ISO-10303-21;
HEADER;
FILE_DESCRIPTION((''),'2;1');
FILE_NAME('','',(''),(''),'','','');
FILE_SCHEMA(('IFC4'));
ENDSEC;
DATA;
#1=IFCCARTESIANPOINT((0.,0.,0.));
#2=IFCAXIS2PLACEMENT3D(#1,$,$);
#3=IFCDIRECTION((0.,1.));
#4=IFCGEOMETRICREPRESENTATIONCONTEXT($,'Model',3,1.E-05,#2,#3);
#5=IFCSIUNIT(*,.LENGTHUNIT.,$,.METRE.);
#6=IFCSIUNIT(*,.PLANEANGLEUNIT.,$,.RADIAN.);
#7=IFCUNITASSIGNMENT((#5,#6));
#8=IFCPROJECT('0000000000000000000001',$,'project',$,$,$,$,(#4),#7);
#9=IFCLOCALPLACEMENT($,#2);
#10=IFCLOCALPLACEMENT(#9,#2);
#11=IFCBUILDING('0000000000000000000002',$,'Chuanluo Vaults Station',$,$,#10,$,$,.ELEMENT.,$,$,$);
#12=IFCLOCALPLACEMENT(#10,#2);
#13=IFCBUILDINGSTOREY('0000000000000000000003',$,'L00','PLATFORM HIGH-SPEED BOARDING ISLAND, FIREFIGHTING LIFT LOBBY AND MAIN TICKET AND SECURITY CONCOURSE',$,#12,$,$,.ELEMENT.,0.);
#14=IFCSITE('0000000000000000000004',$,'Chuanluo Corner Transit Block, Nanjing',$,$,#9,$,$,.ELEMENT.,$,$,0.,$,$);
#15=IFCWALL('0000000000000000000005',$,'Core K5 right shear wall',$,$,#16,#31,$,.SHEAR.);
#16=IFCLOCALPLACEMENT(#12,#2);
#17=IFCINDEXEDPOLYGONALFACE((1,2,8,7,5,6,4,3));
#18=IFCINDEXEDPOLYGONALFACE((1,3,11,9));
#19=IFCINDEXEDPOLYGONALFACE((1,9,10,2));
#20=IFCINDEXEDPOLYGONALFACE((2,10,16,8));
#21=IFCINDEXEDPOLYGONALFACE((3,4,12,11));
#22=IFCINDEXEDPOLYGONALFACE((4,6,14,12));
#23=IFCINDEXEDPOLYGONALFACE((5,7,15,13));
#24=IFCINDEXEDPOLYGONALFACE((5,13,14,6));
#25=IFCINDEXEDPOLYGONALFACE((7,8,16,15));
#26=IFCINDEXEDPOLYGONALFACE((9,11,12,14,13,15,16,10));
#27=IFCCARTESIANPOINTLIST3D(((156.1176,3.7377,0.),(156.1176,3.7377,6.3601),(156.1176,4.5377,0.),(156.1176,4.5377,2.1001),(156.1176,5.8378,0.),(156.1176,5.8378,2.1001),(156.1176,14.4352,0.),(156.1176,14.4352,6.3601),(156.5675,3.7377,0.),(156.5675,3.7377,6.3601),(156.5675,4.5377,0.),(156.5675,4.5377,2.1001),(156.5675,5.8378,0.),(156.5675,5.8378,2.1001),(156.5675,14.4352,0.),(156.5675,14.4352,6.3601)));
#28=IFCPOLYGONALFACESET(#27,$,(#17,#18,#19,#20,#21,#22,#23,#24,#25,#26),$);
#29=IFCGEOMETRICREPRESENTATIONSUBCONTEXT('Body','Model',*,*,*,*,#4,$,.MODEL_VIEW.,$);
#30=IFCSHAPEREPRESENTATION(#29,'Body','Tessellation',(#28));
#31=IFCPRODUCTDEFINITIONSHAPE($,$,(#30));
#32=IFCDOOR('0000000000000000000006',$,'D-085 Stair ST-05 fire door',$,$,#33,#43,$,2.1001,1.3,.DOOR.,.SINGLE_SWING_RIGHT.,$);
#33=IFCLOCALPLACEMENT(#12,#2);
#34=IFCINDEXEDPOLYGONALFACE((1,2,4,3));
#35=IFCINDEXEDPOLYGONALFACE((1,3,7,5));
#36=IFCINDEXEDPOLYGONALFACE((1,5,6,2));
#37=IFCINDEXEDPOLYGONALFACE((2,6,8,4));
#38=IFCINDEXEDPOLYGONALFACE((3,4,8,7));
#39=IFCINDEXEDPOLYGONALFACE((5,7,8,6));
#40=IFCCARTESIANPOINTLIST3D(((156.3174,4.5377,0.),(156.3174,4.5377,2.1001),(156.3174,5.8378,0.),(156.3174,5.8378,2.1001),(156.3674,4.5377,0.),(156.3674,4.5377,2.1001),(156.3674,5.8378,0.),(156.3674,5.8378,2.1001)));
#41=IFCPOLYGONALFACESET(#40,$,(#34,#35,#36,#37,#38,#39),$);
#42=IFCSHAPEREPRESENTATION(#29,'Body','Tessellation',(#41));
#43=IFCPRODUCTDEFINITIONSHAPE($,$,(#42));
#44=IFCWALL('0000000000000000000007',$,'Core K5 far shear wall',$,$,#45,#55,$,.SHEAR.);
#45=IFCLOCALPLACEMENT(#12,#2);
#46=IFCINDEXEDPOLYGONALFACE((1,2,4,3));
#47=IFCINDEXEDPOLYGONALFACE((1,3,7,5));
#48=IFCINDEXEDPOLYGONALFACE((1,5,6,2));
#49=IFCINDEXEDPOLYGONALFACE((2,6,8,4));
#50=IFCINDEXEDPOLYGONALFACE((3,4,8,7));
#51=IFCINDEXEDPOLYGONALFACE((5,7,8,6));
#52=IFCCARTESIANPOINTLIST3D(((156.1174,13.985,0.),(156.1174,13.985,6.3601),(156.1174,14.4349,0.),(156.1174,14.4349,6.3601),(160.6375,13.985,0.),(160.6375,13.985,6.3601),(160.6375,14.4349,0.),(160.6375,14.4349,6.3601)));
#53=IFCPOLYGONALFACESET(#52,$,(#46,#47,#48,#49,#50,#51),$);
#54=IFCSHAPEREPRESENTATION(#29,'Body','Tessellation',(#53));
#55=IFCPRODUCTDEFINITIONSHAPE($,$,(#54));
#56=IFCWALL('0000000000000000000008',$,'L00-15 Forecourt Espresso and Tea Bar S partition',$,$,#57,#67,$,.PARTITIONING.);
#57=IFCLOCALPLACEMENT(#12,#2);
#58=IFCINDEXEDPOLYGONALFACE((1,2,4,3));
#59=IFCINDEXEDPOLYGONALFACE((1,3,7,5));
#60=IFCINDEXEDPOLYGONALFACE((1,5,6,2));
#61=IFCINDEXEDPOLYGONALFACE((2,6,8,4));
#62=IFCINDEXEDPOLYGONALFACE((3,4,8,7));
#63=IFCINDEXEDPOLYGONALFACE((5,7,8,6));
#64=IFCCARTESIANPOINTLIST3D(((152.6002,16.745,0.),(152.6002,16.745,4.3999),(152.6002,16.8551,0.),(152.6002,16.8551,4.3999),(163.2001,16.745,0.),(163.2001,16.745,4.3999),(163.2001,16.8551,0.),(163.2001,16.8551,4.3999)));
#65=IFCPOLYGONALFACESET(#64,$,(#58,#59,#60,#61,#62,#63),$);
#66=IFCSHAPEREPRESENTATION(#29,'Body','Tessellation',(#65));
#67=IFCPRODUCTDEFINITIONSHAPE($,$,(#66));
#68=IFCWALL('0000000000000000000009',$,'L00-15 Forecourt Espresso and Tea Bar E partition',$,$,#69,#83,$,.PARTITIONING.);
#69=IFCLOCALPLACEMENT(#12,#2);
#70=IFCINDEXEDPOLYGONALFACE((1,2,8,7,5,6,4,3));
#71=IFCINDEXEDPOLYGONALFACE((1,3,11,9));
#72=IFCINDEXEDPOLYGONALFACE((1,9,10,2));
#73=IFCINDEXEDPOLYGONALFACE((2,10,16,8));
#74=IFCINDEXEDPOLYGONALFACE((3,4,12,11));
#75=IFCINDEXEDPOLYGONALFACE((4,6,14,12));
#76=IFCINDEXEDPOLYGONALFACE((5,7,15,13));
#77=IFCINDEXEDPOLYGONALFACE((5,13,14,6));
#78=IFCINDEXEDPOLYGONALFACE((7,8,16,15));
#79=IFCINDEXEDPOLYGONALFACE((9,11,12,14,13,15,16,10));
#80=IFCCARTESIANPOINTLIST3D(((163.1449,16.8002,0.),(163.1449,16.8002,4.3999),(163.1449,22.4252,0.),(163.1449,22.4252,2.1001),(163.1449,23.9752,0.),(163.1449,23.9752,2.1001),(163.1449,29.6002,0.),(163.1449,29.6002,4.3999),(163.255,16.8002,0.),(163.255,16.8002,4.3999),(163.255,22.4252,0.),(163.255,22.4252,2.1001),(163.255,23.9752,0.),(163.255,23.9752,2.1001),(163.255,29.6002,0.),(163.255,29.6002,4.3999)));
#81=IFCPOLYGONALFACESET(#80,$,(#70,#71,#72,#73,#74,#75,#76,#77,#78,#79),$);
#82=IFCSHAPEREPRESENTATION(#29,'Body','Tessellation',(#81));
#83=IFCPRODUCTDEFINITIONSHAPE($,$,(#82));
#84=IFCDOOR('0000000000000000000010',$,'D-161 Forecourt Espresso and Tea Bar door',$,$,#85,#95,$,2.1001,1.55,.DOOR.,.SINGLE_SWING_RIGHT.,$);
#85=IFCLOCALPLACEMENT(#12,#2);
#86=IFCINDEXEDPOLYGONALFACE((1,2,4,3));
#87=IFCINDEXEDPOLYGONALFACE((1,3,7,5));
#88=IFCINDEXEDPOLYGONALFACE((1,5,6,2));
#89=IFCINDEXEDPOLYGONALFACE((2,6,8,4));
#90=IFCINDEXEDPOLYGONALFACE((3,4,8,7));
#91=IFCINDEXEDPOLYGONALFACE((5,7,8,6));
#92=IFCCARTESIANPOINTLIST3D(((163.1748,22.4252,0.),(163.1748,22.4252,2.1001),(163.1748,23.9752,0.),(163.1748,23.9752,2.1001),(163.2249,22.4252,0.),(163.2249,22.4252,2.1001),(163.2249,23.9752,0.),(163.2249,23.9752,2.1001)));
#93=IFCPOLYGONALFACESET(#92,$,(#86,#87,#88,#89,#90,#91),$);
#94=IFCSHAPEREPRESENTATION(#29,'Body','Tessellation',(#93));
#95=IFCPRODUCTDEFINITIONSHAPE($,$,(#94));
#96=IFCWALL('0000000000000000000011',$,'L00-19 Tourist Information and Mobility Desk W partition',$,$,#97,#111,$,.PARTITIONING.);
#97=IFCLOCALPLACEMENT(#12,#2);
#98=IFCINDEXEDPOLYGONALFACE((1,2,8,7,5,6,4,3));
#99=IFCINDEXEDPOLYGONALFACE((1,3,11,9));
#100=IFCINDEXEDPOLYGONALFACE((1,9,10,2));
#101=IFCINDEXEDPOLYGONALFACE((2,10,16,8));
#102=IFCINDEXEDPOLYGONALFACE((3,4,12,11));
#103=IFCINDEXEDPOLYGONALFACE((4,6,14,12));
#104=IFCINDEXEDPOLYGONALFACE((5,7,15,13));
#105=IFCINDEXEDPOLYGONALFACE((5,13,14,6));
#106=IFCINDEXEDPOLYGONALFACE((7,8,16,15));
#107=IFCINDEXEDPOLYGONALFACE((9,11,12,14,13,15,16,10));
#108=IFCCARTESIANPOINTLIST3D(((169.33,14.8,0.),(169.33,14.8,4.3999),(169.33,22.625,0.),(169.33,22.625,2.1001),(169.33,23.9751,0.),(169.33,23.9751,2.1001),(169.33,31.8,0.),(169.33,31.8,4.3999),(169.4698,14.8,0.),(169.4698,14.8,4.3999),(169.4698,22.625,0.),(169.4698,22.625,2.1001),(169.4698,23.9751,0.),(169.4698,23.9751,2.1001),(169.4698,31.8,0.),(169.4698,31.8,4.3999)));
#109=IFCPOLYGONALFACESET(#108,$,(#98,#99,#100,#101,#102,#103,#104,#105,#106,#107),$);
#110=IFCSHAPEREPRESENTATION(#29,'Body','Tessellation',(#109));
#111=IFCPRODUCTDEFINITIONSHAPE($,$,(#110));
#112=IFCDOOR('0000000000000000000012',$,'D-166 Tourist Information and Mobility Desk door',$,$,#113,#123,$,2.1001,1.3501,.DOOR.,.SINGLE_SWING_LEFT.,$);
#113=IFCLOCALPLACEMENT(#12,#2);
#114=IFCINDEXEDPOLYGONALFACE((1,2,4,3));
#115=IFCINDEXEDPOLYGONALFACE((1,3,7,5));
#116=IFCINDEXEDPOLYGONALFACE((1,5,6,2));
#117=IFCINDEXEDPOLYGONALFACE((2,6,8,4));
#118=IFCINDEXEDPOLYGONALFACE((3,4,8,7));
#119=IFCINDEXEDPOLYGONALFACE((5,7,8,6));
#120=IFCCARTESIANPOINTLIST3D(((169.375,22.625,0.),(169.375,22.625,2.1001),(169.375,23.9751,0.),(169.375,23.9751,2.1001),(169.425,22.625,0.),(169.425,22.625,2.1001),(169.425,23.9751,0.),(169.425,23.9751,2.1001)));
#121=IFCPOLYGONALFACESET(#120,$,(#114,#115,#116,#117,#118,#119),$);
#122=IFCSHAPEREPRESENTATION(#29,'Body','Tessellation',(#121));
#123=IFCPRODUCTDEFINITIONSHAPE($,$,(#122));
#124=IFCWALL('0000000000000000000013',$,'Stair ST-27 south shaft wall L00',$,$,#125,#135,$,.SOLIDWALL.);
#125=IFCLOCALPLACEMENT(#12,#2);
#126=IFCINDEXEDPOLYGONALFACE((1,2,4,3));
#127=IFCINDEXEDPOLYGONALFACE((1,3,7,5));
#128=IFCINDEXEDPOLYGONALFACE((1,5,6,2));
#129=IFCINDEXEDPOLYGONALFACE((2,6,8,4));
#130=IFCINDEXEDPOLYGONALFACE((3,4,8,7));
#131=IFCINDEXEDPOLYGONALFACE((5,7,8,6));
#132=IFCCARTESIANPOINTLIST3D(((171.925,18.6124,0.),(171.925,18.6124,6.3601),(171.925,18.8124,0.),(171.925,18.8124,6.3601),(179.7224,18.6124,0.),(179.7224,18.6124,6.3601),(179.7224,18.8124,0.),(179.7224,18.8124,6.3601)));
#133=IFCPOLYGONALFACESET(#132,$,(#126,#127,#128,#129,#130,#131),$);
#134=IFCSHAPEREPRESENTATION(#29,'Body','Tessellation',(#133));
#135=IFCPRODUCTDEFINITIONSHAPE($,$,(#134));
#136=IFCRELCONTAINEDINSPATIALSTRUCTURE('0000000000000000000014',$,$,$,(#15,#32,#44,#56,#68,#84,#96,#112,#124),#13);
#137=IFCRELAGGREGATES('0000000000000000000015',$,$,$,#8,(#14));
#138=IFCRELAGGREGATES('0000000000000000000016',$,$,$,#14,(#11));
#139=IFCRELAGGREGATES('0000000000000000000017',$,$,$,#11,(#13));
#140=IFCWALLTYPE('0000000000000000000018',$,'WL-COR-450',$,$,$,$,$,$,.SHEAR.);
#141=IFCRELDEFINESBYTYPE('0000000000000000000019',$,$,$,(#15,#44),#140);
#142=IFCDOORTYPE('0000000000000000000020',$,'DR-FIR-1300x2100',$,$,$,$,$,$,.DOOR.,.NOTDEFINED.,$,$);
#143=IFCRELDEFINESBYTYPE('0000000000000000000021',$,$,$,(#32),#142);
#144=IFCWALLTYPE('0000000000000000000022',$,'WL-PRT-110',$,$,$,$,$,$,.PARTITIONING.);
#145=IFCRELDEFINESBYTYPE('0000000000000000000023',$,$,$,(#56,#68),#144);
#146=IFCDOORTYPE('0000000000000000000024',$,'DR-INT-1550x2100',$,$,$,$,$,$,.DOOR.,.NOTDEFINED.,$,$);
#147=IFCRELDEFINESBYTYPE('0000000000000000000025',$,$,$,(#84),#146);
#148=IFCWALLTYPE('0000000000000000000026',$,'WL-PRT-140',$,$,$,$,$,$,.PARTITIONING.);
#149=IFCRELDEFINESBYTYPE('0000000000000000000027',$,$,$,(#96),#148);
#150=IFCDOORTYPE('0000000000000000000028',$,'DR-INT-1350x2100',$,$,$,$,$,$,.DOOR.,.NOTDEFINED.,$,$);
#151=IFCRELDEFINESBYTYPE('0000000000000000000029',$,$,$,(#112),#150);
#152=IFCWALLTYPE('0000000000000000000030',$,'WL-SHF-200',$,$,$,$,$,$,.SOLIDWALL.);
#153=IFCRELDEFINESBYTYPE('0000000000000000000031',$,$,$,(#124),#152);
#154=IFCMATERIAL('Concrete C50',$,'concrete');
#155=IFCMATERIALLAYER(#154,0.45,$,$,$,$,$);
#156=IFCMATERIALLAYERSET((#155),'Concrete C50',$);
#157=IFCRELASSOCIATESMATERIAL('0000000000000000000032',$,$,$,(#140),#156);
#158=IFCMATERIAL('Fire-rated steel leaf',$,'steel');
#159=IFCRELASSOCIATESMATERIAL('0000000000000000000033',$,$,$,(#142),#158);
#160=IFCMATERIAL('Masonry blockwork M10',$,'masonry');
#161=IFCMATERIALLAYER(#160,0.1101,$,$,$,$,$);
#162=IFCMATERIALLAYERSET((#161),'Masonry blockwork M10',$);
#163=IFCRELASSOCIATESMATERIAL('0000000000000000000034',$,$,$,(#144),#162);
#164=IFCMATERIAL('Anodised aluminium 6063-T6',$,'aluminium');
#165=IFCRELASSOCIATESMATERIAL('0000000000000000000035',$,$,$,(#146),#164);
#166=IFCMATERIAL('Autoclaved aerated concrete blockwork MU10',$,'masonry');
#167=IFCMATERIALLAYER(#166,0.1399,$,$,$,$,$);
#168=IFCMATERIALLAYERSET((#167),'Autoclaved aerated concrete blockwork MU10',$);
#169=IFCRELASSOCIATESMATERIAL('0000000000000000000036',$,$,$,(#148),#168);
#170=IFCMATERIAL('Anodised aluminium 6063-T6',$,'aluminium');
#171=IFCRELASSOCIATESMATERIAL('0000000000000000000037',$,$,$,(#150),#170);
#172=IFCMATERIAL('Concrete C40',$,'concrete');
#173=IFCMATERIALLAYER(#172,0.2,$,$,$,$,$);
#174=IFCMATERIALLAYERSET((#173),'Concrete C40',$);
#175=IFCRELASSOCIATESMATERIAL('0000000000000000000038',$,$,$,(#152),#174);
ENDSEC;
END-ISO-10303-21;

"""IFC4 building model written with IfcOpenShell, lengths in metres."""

from ifc_helpers import new_model, si_unit, direction, frame, frame_2d, origin, place, context, subcontext, project, spatial, rectangle, extrude, material, layer, layer_set, type_object, element, fill, save


model = new_model("IFC4")

# Units and contexts
model_context = context("Model", 3, precision=1e-05, world=origin(), true_north=direction((0.0, 1.0)))
body_context = subcontext(model_context, "Body", "Model", "MODEL_VIEW")
ifc_project = project(units=[si_unit("LENGTHUNIT", "METRE"), si_unit("PLANEANGLEUNIT", "RADIAN")], contexts=[model_context])

# Site, building, storey
site_placement = place(None, origin())
site = spatial("IfcSite", under=ifc_project, at=site_placement, Name="Chuanluo Corner Transit Block, Nanjing", CompositionType="ELEMENT", RefElevation=0.0)
building_placement = place(site_placement, origin())
building = spatial("IfcBuilding", under=site, at=building_placement, Name="Chuanluo Vaults Station", CompositionType="ELEMENT")
storey_placement = place(building_placement, origin())
storey = spatial("IfcBuildingStorey", under=building, at=storey_placement, Name="L00", Description="PLATFORM HIGH-SPEED BOARDING ISLAND, FIREFIGHTING LIFT LOBBY AND MAIN TICKET AND SECURITY CONCOURSE", CompositionType="ELEMENT", Elevation=0.0)

# Wall, opening, door
ifc_material_1 = material(Name="Concrete C50", Category="concrete")
ifc_layer_1 = layer(ifc_material_1, 0.45)
ifc_layer_set_1 = layer_set([ifc_layer_1], Name="Concrete C50")
wall_type_1 = type_object("IfcWallType", Name="WL-COR-450", PredefinedType="SHEAR", material=ifc_layer_set_1)
wall_1_placement = place(storey_placement, frame((156.3425, 14.4351, 0.0), z_axis=(0.0, 0.0, 1.0), x_axis=(0.0, -1.0, 0.0)))
wall_1 = element("IfcWall", 1, at=wall_1_placement, inside=storey, type_object=wall_type_1, Name="Core K5 right shear wall", PredefinedType="SHEAR", context=body_context, shape_type="SweptSolid", body=[
    extrude(rectangle(XDim=10.6975, YDim=0.45, at=frame_2d((5.3486, 0.0))), origin(), (0.0, 0.0, 1.0), 6.3601),
])
opening_1_placement = place(wall_1_placement, frame((8.5974, 0.0, 0.0)))
opening_1 = element("IfcOpeningElement", 2, at=opening_1_placement, cuts=wall_1, PredefinedType="OPENING", context=body_context, shape_type="SweptSolid", body=[
    extrude(rectangle(XDim=1.3, YDim=2.1001, at=frame_2d((0.6499, 1.05))), frame((0.0, 0.2351, 0.0), z_axis=(0.0, -1.0, 0.0), x_axis=(1.0, 0.0, 0.0)), (0.0, 0.0, 1.0), 0.4699),
])
ifc_material_2 = material(Name="Fire-rated steel leaf", Category="steel")
door_type_1 = type_object("IfcDoorType", Name="DR-FIR-1300x2100", OperationType="NOTDEFINED", PredefinedType="DOOR", material=ifc_material_2)
door_1_placement = place(opening_1_placement, origin())
door_1 = element("IfcDoor", 3, at=door_1_placement, inside=storey, type_object=door_type_1, Name="D-085 Stair ST-05 fire door", OperationType="SINGLE_SWING_RIGHT", OverallHeight=2.1001, OverallWidth=1.3, PredefinedType="DOOR", context=body_context, shape_type="SweptSolid", body=[
    extrude(rectangle(XDim=1.3, YDim=2.1001, at=frame_2d((0.6499, 1.05))), frame((0.0, 0.0249, 0.0), z_axis=(0.0, -1.0, 0.0), x_axis=(1.0, 0.0, 0.0)), (0.0, 0.0, 1.0), 0.05),
])
fill(opening_1, door_1)

# Walls
wall_2_placement = place(storey_placement, frame((160.6375, 14.21, 0.0), z_axis=(0.0, 0.0, 1.0), x_axis=(-1.0, 0.0, 0.0)))
element("IfcWall", 4, at=wall_2_placement, inside=storey, type_object=wall_type_1, Name="Core K5 far shear wall", PredefinedType="SHEAR", context=body_context, shape_type="SweptSolid", body=[
    extrude(rectangle(XDim=4.52, YDim=0.45, at=frame_2d((2.26, 0.0))), origin(), (0.0, 0.0, 1.0), 6.3601),
])
ifc_material_3 = material(Name="Masonry blockwork M10", Category="masonry")
ifc_layer_2 = layer(ifc_material_3, 0.1101)
ifc_layer_set_2 = layer_set([ifc_layer_2], Name="Masonry blockwork M10")
wall_type_2 = type_object("IfcWallType", Name="WL-PRT-110", PredefinedType="PARTITIONING", material=ifc_layer_set_2)
wall_3_placement = place(storey_placement, frame((163.2, 16.8, 0.0), z_axis=(0.0, 0.0, 1.0), x_axis=(-1.0, 0.0, 0.0)))
element("IfcWall", 5, at=wall_3_placement, inside=storey, type_object=wall_type_2, Name="L00-15 Forecourt Espresso and Tea Bar S partition", PredefinedType="PARTITIONING", context=body_context, shape_type="SweptSolid", body=[
    extrude(rectangle(XDim=10.5999, YDim=0.1101, at=frame_2d((5.2998, 0.0))), origin(), (0.0, 0.0, 1.0), 4.3999),
])

# Walls, openings, doors
wall_4_placement = place(storey_placement, frame((163.2, 29.6001, 0.0), z_axis=(0.0, 0.0, 1.0), x_axis=(0.0, -1.0, 0.0)))
wall_4 = element("IfcWall", 6, at=wall_4_placement, inside=storey, type_object=wall_type_2, Name="L00-15 Forecourt Espresso and Tea Bar E partition", PredefinedType="PARTITIONING", context=body_context, shape_type="SweptSolid", body=[
    extrude(rectangle(XDim=12.8, YDim=0.1101, at=frame_2d((6.3999, 0.0))), origin(), (0.0, 0.0, 1.0), 4.3999),
])
opening_2_placement = place(wall_4_placement, frame((5.625, 0.0, 0.0)))
opening_2 = element("IfcOpeningElement", 7, at=opening_2_placement, cuts=wall_4, PredefinedType="OPENING", context=body_context, shape_type="SweptSolid", body=[
    extrude(rectangle(XDim=1.55, YDim=2.1001, at=frame_2d((0.7749, 1.05))), frame((0.0, 0.0652, 0.0), z_axis=(0.0, -1.0, 0.0), x_axis=(1.0, 0.0, 0.0)), (0.0, 0.0, 1.0), 0.1301),
])
ifc_material_4 = material(Name="Anodised aluminium 6063-T6", Category="aluminium")
door_type_2 = type_object("IfcDoorType", Name="DR-INT-1550x2100", OperationType="NOTDEFINED", PredefinedType="DOOR", material=ifc_material_4)
door_2_placement = place(opening_2_placement, origin())
door_2 = element("IfcDoor", 8, at=door_2_placement, inside=storey, type_object=door_type_2, Name="D-161 Forecourt Espresso and Tea Bar door", OperationType="SINGLE_SWING_RIGHT", OverallHeight=2.1001, OverallWidth=1.55, PredefinedType="DOOR", context=body_context, shape_type="SweptSolid", body=[
    extrude(rectangle(XDim=1.55, YDim=2.1001, at=frame_2d((0.7749, 1.05))), frame((0.0, 0.0249, 0.0), z_axis=(0.0, -1.0, 0.0), x_axis=(1.0, 0.0, 0.0)), (0.0, 0.0, 1.0), 0.05),
])
fill(opening_2, door_2)
ifc_material_5 = material(Name="Autoclaved aerated concrete blockwork MU10", Category="masonry")
ifc_layer_3 = layer(ifc_material_5, 0.1399)
ifc_layer_set_3 = layer_set([ifc_layer_3], Name="Autoclaved aerated concrete blockwork MU10")
wall_type_3 = type_object("IfcWallType", Name="WL-PRT-140", PredefinedType="PARTITIONING", material=ifc_layer_set_3)
wall_5_placement = place(storey_placement, frame((169.3999, 14.8, 0.0), z_axis=(0.0, 0.0, 1.0), x_axis=(0.0, 1.0, 0.0)))
wall_5 = element("IfcWall", 9, at=wall_5_placement, inside=storey, type_object=wall_type_3, Name="L00-19 Tourist Information and Mobility Desk W partition", PredefinedType="PARTITIONING", context=body_context, shape_type="SweptSolid", body=[
    extrude(rectangle(XDim=17.0, YDim=0.1399, at=frame_2d((8.5, 0.0))), origin(), (0.0, 0.0, 1.0), 4.3999),
])
opening_3_placement = place(wall_5_placement, frame((7.825, 0.0, 0.0)))
opening_3 = element("IfcOpeningElement", 10, at=opening_3_placement, cuts=wall_5, PredefinedType="OPENING", context=body_context, shape_type="SweptSolid", body=[
    extrude(rectangle(XDim=1.3501, YDim=2.1001, at=frame_2d((0.675, 1.05))), frame((0.0, 0.0798, 0.0), z_axis=(0.0, -1.0, 0.0), x_axis=(1.0, 0.0, 0.0)), (0.0, 0.0, 1.0), 0.1599),
])
ifc_material_6 = material(Name="Anodised aluminium 6063-T6", Category="aluminium")
door_type_3 = type_object("IfcDoorType", Name="DR-INT-1350x2100", OperationType="NOTDEFINED", PredefinedType="DOOR", material=ifc_material_6)
door_3_placement = place(opening_3_placement, origin())
door_3 = element("IfcDoor", 11, at=door_3_placement, inside=storey, type_object=door_type_3, Name="D-166 Tourist Information and Mobility Desk door", OperationType="SINGLE_SWING_LEFT", OverallHeight=2.1001, OverallWidth=1.3501, PredefinedType="DOOR", context=body_context, shape_type="SweptSolid", body=[
    extrude(rectangle(XDim=1.3501, YDim=2.1001, at=frame_2d((0.675, 1.05))), frame((0.0, 0.0249, 0.0), z_axis=(0.0, -1.0, 0.0), x_axis=(1.0, 0.0, 0.0)), (0.0, 0.0, 1.0), 0.05),
])
fill(opening_3, door_3)

# Wall
ifc_material_7 = material(Name="Concrete C40", Category="concrete")
ifc_layer_4 = layer(ifc_material_7, 0.2)
ifc_layer_set_4 = layer_set([ifc_layer_4], Name="Concrete C40")
wall_type_4 = type_object("IfcWallType", Name="WL-SHF-200", PredefinedType="SOLIDWALL", material=ifc_layer_set_4)
wall_6_placement = place(storey_placement, frame((171.925, 18.7124, 0.0), z_axis=(0.0, 0.0, 1.0), x_axis=(1.0, 0.0, 0.0)))
element("IfcWall", 12, at=wall_6_placement, inside=storey, type_object=wall_type_4, Name="Stair ST-27 south shaft wall L00", PredefinedType="SOLIDWALL", context=body_context, shape_type="SweptSolid", body=[
    extrude(rectangle(XDim=7.7974, YDim=0.2, at=frame_2d((3.8987, 0.0))), origin(), (0.0, 0.0, 1.0), 6.3601),
])

save(model, "model.ifc")
